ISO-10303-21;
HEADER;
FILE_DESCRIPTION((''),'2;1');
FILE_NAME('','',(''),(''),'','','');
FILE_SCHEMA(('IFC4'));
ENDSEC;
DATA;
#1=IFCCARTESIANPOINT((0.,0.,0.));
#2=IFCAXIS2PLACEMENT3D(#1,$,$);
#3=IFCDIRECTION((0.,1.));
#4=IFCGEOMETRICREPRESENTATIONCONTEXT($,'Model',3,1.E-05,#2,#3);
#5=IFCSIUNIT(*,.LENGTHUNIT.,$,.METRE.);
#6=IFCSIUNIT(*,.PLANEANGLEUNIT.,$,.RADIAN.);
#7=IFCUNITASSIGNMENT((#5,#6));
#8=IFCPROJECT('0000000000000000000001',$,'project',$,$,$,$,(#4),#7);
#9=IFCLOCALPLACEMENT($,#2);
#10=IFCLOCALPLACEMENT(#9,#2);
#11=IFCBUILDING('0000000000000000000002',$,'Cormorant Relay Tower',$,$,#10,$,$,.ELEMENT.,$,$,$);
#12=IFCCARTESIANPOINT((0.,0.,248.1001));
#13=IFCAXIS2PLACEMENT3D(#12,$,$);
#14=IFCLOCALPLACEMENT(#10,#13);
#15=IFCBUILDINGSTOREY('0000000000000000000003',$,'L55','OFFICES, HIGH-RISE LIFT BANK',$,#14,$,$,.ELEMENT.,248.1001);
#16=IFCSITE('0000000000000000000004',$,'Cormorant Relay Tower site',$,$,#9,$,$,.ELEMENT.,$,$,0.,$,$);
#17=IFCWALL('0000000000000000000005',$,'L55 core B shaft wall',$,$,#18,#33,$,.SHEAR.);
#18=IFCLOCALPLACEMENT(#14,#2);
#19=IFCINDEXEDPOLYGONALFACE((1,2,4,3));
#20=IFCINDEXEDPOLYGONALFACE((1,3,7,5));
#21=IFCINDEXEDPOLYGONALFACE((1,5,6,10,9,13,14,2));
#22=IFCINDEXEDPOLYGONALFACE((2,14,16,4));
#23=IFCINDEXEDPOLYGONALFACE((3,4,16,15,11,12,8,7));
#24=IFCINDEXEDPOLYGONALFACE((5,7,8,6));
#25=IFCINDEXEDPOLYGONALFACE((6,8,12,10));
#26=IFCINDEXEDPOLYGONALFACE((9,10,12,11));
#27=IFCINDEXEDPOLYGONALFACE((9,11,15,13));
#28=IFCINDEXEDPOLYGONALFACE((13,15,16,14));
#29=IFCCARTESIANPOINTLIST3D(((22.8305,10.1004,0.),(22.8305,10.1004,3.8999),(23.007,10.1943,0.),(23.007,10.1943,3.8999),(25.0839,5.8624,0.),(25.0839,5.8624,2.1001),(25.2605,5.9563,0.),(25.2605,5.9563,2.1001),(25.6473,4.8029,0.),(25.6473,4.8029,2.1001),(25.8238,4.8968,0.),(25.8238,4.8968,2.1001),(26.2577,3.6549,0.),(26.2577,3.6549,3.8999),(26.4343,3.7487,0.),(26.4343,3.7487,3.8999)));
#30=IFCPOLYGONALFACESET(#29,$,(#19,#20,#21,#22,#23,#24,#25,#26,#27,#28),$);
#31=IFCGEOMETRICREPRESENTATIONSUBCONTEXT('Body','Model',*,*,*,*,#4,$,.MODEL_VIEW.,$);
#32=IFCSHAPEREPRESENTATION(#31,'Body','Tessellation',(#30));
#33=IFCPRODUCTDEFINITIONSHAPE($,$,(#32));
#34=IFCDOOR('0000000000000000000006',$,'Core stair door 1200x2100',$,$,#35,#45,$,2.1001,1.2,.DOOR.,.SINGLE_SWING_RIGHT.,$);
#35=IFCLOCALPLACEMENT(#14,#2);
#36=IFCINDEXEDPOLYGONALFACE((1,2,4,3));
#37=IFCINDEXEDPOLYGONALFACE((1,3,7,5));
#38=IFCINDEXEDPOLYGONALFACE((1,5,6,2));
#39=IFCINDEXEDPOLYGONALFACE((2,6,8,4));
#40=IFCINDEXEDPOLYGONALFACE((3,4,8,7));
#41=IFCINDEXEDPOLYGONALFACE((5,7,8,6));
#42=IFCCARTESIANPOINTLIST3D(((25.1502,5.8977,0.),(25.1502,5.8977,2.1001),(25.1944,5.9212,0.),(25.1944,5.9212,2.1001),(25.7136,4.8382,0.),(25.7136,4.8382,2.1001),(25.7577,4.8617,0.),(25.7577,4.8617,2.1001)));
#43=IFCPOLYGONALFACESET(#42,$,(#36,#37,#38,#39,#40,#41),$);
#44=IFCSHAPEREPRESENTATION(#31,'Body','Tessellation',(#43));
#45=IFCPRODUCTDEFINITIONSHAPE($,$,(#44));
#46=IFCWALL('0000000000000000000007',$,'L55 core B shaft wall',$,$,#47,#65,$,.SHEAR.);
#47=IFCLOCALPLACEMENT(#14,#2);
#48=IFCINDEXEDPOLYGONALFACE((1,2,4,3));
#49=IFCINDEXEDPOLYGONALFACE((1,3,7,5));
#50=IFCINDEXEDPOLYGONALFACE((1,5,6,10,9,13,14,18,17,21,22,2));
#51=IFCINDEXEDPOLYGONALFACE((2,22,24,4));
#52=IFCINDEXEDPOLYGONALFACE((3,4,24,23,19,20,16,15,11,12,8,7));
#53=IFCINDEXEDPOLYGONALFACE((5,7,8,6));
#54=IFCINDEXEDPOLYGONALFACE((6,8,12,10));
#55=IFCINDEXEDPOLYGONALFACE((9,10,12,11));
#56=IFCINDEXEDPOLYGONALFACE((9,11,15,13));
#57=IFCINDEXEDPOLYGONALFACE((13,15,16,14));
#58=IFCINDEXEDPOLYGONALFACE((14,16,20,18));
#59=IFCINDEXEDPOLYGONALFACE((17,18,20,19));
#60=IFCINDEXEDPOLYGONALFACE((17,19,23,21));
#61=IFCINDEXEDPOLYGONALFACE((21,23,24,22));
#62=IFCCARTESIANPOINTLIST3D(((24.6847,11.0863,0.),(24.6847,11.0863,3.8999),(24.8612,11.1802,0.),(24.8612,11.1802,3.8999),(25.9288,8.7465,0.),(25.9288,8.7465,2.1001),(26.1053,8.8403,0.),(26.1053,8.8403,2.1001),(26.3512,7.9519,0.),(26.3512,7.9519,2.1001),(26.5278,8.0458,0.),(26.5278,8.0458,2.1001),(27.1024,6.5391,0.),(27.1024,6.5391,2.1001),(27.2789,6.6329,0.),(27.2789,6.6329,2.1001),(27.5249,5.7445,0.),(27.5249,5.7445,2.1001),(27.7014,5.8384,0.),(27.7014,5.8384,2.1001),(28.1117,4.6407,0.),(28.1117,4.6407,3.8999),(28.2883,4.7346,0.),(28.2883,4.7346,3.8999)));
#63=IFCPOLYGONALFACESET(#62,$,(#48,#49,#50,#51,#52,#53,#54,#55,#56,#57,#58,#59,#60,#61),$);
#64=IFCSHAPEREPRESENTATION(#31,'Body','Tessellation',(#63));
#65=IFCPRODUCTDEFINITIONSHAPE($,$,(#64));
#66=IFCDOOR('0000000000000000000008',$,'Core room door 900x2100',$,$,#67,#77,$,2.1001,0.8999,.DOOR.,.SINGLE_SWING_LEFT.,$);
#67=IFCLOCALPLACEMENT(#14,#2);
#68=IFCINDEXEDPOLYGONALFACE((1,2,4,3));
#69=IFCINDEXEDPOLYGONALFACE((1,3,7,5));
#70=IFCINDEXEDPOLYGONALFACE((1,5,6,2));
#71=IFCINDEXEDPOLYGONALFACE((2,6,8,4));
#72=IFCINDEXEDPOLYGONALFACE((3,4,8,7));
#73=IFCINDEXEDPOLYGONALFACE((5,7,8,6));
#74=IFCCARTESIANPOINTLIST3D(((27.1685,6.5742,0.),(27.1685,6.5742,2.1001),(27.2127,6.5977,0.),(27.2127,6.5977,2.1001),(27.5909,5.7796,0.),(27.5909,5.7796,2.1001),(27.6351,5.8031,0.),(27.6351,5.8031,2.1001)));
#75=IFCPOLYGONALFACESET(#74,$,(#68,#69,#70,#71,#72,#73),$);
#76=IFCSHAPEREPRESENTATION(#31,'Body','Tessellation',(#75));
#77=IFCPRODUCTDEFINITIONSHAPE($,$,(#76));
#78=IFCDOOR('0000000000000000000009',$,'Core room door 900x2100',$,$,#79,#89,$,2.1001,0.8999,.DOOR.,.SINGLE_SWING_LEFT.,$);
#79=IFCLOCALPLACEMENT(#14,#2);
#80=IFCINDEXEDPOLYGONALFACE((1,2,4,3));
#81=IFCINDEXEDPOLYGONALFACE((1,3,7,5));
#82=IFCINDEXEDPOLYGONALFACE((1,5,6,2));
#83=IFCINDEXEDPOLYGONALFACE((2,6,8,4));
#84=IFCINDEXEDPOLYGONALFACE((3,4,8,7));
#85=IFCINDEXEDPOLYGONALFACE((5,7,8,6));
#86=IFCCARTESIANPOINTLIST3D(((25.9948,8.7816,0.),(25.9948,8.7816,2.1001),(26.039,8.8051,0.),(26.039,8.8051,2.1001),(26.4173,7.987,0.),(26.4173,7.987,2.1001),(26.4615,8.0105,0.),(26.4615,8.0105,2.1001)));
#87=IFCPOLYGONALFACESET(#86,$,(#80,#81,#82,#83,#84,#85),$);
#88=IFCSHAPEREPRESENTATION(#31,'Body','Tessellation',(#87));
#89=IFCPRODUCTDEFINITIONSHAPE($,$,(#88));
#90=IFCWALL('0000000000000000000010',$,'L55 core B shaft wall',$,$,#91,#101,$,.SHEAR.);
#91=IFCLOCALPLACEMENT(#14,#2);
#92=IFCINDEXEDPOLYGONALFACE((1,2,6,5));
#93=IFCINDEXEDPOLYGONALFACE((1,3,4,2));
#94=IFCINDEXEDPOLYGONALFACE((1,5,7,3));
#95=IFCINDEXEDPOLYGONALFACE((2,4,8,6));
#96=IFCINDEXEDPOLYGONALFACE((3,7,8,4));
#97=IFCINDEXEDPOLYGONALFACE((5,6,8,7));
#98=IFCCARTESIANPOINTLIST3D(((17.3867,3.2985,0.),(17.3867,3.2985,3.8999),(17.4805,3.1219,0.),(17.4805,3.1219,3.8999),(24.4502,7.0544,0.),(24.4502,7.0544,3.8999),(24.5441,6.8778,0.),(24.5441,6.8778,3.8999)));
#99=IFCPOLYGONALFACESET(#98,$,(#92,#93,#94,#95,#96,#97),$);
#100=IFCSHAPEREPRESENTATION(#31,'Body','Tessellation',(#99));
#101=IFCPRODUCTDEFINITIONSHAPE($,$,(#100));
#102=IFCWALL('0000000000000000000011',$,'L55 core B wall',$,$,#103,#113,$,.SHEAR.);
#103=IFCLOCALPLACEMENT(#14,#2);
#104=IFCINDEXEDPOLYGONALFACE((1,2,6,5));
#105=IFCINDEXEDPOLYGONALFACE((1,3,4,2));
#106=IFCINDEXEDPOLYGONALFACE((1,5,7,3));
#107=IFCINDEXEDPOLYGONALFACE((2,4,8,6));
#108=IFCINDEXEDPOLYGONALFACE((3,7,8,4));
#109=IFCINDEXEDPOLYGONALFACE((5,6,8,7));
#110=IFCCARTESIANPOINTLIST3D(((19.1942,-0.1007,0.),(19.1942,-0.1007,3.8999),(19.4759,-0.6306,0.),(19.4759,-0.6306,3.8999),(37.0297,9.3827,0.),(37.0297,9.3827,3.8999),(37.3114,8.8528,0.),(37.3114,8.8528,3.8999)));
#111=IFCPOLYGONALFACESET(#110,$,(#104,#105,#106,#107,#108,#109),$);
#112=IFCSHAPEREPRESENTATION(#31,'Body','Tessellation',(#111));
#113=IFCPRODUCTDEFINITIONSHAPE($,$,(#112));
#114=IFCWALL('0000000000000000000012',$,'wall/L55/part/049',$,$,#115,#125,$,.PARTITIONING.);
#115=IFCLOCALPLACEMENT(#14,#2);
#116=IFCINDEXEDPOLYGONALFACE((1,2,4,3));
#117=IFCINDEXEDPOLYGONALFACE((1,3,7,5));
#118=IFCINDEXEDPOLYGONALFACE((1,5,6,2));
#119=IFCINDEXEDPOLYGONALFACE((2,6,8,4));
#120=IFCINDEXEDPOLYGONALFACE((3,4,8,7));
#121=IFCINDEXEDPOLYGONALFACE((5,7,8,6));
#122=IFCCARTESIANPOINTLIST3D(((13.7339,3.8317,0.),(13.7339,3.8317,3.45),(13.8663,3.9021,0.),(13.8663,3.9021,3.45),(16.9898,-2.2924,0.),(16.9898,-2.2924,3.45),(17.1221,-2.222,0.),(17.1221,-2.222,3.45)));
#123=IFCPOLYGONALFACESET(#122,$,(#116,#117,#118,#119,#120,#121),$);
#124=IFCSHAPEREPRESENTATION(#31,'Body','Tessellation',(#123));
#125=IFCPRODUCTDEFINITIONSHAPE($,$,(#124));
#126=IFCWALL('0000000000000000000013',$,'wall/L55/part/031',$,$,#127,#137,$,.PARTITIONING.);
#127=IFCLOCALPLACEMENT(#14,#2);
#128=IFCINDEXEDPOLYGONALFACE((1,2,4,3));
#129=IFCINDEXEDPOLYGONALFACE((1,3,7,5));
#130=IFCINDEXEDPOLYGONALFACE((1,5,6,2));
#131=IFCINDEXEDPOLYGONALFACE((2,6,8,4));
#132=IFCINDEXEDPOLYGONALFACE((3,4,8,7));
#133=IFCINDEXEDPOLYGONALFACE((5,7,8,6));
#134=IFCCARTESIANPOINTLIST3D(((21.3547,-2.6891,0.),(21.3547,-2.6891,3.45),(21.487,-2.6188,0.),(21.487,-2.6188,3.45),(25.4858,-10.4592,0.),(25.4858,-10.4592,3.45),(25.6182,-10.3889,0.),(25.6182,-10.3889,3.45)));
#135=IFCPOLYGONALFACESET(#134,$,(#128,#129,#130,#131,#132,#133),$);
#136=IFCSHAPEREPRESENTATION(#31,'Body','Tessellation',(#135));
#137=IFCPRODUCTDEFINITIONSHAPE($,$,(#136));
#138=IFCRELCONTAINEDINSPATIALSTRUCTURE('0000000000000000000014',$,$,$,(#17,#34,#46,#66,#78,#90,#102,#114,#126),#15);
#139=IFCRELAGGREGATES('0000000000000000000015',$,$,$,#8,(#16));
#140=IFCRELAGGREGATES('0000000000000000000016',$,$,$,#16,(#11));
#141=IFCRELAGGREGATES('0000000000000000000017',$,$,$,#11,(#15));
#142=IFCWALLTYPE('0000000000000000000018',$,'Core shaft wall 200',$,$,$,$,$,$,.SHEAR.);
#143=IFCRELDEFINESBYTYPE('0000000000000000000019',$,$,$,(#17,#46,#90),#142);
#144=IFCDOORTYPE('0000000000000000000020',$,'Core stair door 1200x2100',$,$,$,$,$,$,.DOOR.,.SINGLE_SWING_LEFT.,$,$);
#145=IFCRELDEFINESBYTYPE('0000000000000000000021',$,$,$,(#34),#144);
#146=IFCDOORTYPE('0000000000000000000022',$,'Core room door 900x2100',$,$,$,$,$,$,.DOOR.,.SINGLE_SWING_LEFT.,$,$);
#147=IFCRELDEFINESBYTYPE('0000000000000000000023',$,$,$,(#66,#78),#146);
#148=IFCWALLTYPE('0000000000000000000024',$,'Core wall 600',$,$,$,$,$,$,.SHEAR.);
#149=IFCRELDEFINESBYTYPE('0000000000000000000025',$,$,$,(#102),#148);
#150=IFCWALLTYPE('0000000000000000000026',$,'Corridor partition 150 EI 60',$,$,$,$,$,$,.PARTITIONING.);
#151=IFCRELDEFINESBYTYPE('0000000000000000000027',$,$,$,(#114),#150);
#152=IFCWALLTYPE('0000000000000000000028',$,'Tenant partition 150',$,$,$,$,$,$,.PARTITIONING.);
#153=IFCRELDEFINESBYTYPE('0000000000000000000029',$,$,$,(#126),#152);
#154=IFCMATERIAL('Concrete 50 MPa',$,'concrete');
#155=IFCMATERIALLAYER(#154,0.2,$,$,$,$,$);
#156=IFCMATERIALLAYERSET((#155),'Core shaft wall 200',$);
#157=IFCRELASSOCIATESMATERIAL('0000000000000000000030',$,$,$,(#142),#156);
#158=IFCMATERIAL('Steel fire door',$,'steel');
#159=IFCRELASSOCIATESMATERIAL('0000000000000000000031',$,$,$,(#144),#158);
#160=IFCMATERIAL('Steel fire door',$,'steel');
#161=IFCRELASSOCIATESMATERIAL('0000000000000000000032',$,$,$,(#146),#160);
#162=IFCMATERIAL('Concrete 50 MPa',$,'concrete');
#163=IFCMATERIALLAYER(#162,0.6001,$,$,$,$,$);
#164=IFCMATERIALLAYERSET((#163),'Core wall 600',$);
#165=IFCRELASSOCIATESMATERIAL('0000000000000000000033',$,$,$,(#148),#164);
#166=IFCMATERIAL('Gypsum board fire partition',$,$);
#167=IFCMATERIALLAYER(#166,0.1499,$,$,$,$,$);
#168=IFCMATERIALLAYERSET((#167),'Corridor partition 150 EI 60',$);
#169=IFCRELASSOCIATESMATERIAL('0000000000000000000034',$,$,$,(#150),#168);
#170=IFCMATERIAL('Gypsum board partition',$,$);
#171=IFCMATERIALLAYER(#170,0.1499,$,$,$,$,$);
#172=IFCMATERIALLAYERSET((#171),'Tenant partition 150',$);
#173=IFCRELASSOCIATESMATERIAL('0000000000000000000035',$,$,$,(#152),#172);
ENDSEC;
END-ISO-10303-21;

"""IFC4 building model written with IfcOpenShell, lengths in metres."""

from ifc_helpers import new_model, si_unit, direction, frame, frame_2d, origin, place, context, subcontext, project, spatial, rectangle, extrude, material, layer, layer_set, type_object, element, fill, save


model = new_model("IFC4")

# Units and contexts
model_context = context("Model", 3, precision=1e-05, world=origin(), true_north=direction((0.0, 1.0)))
body_context = subcontext(model_context, "Body", "Model", "MODEL_VIEW")
ifc_project = project(units=[si_unit("LENGTHUNIT", "METRE"), si_unit("PLANEANGLEUNIT", "RADIAN")], contexts=[model_context])

# Site, building, storey
site_placement = place(None, origin())
site = spatial("IfcSite", under=ifc_project, at=site_placement, Name="Cormorant Relay Tower site", CompositionType="ELEMENT", RefElevation=0.0)
building_placement = place(site_placement, origin())
building = spatial("IfcBuilding", under=site, at=building_placement, Name="Cormorant Relay Tower", CompositionType="ELEMENT")
storey_placement = place(building_placement, frame((0.0, 0.0, 248.1001)))
storey = spatial("IfcBuildingStorey", under=building, at=storey_placement, Name="L55", Description="OFFICES, HIGH-RISE LIFT BANK", CompositionType="ELEMENT", Elevation=248.1001)

# Shared definitions
ifc_material_1 = material(Name="Concrete 50 MPa", Category="concrete")
ifc_layer_1 = layer(ifc_material_1, 0.2)
ifc_layer_set_1 = layer_set([ifc_layer_1], Name="Core shaft wall 200")
wall_type_1 = type_object("IfcWallType", Name="Core shaft wall 200", PredefinedType="SHEAR", material=ifc_layer_set_1)

# Wall, opening, door
wall_1_placement = place(storey_placement, frame((26.3459, 3.7019, 0.0), z_axis=(0.0, 0.0, 1.0), x_axis=(-0.46948, 0.882943, 0.0)))
wall_1 = element("IfcWall", 1, at=wall_1_placement, inside=storey, type_object=wall_type_1, Name="L55 core B shaft wall", PredefinedType="SHEAR", context=body_context, shape_type="SweptSolid", body=[
    extrude(rectangle(XDim=7.3, YDim=0.2, at=frame_2d((3.6499, 0.0))), origin(), (0.0, 0.0, 1.0), 3.8999),
])
opening_1_placement = place(wall_1_placement, frame((1.3, 0.0, 0.0)))
opening_1 = element("IfcOpeningElement", 2, at=opening_1_placement, cuts=wall_1, PredefinedType="OPENING", context=body_context, shape_type="SweptSolid", body=[
    extrude(rectangle(XDim=1.2, YDim=2.1001, at=frame_2d((0.6001, 1.05))), frame((0.0, 0.1099, 0.0), z_axis=(0.0, -1.0, 0.0), x_axis=(1.0, 0.0, 0.0)), (0.0, 0.0, 1.0), 0.22),
])
ifc_material_2 = material(Name="Steel fire door", Category="steel")
door_type_1 = type_object("IfcDoorType", Name="Core stair door 1200x2100", OperationType="SINGLE_SWING_LEFT", PredefinedType="DOOR", material=ifc_material_2)
door_1_placement = place(opening_1_placement, origin())
door_1 = element("IfcDoor", 3, at=door_1_placement, inside=storey, type_object=door_type_1, Name="Core stair door 1200x2100", OperationType="SINGLE_SWING_RIGHT", OverallHeight=2.1001, OverallWidth=1.2, PredefinedType="DOOR", context=body_context, shape_type="SweptSolid", body=[
    extrude(rectangle(XDim=1.2, YDim=2.1001, at=frame_2d((0.6001, 1.05))), frame((0.0, 0.0249, 0.0), z_axis=(0.0, -1.0, 0.0), x_axis=(1.0, 0.0, 0.0)), (0.0, 0.0, 1.0), 0.05),
])
fill(opening_1, door_1)

# Wall, openings, doors
wall_2_placement = place(storey_placement, frame((28.2, 4.6877, 0.0), z_axis=(0.0, 0.0, 1.0), x_axis=(-0.469454, 0.882957, 0.0)))
wall_2 = element("IfcWall", 4, at=wall_2_placement, inside=storey, type_object=wall_type_1, Name="L55 core B shaft wall", PredefinedType="SHEAR", context=body_context, shape_type="SweptSolid", body=[
    extrude(rectangle(XDim=7.3, YDim=0.2, at=frame_2d((3.6499, 0.0))), origin(), (0.0, 0.0, 1.0), 3.8999),
])
opening_2_placement = place(wall_2_placement, frame((1.25, 0.0, 0.0)))
opening_2 = element("IfcOpeningElement", 5, at=opening_2_placement, cuts=wall_2, PredefinedType="OPENING", context=body_context, shape_type="SweptSolid", body=[
    extrude(rectangle(XDim=0.8999, YDim=2.1001, at=frame_2d((0.45, 1.05))), frame((0.0, 0.1099, 0.0), z_axis=(0.0, -1.0, 0.0), x_axis=(1.0, 0.0, 0.0)), (0.0, 0.0, 1.0), 0.22),
])
opening_3_placement = place(wall_2_placement, frame((3.75, 0.0, 0.0)))
opening_3 = element("IfcOpeningElement", 6, at=opening_3_placement, cuts=wall_2, PredefinedType="OPENING", context=body_context, shape_type="SweptSolid", body=[
    extrude(rectangle(XDim=0.8999, YDim=2.1001, at=frame_2d((0.45, 1.05))), frame((0.0, 0.1099, 0.0), z_axis=(0.0, -1.0, 0.0), x_axis=(1.0, 0.0, 0.0)), (0.0, 0.0, 1.0), 0.22),
])
ifc_material_3 = material(Name="Steel fire door", Category="steel")
door_type_2 = type_object("IfcDoorType", Name="Core room door 900x2100", OperationType="SINGLE_SWING_LEFT", PredefinedType="DOOR", material=ifc_material_3)
door_2_placement = place(opening_2_placement, frame((0.8999, 0.0, 0.0), z_axis=(0.0, 0.0, 1.0), x_axis=(-1.0, 0.0, 0.0)))
door_2 = element("IfcDoor", 7, at=door_2_placement, inside=storey, type_object=door_type_2, Name="Core room door 900x2100", OperationType="SINGLE_SWING_LEFT", OverallHeight=2.1001, OverallWidth=0.8999, PredefinedType="DOOR", context=body_context, shape_type="SweptSolid", body=[
    extrude(rectangle(XDim=0.8999, YDim=2.1001, at=frame_2d((0.45, 1.05))), frame((0.0, 0.0249, 0.0), z_axis=(0.0, -1.0, 0.0), x_axis=(1.0, 0.0, 0.0)), (0.0, 0.0, 1.0), 0.05),
])
fill(opening_2, door_2)
door_3_placement = place(opening_3_placement, frame((0.8999, 0.0, 0.0), z_axis=(0.0, 0.0, 1.0), x_axis=(-1.0, 0.0, 0.0)))
door_3 = element("IfcDoor", 8, at=door_3_placement, inside=storey, type_object=door_type_2, Name="Core room door 900x2100", OperationType="SINGLE_SWING_LEFT", OverallHeight=2.1001, OverallWidth=0.8999, PredefinedType="DOOR", context=body_context, shape_type="SweptSolid", body=[
    extrude(rectangle(XDim=0.8999, YDim=2.1001, at=frame_2d((0.45, 1.05))), frame((0.0, 0.0249, 0.0), z_axis=(0.0, -1.0, 0.0), x_axis=(1.0, 0.0, 0.0)), (0.0, 0.0, 1.0), 0.05),
])
fill(opening_3, door_3)

# Wall
wall_3_placement = place(storey_placement, frame((17.4336, 3.2102, 0.0), z_axis=(0.0, 0.0, 1.0), x_axis=(0.88294, 0.469485, 0.0)))
element("IfcWall", 9, at=wall_3_placement, inside=storey, type_object=wall_type_1, Name="L55 core B shaft wall", PredefinedType="SHEAR", context=body_context, shape_type="SweptSolid", body=[
    extrude(rectangle(XDim=8.0, YDim=0.2, at=frame_2d((4.0, 0.0))), origin(), (0.0, 0.0, 1.0), 3.8999),
])

# Shared definitions
ifc_material_4 = material(Name="Concrete 50 MPa", Category="concrete")
ifc_layer_2 = layer(ifc_material_4, 0.6001)
ifc_layer_set_2 = layer_set([ifc_layer_2], Name="Core wall 600")
wall_type_2 = type_object("IfcWallType", Name="Core wall 600", PredefinedType="SHEAR", material=ifc_layer_set_2)

# Walls
wall_4_placement = place(storey_placement, frame((19.335, -0.3657, 0.0), z_axis=(0.0, 0.0, 1.0), x_axis=(0.882945, 0.469476, 0.0)))
element("IfcWall", 10, at=wall_4_placement, inside=storey, type_object=wall_type_2, Name="L55 core B wall", PredefinedType="SHEAR", context=body_context, shape_type="SweptSolid", body=[
    extrude(rectangle(XDim=20.2, YDim=0.6001, at=frame_2d((10.1001, 0.0))), origin(), (0.0, 0.0, 1.0), 3.8999),
])
ifc_material_5 = material(Name="Gypsum board fire partition")
ifc_layer_3 = layer(ifc_material_5, 0.1499)
ifc_layer_set_3 = layer_set([ifc_layer_3], Name="Corridor partition 150 EI 60")
wall_type_3 = type_object("IfcWallType", Name="Corridor partition 150 EI 60", PredefinedType="PARTITIONING", material=ifc_layer_set_3)
wall_5_placement = place(storey_placement, frame((17.0559, -2.2571, 0.0), z_axis=(0.0, 0.0, 1.0), x_axis=(-0.469433, 0.882968, 0.0)))
element("IfcWall", 11, at=wall_5_placement, inside=storey, type_object=wall_type_3, Name="wall/L55/part/049", PredefinedType="PARTITIONING", context=body_context, shape_type="SweptSolid", body=[
    extrude(rectangle(XDim=6.9358, YDim=0.1499, at=frame_2d((3.4678, 0.0))), origin(), (0.0, 0.0, 1.0), 3.45),
])
ifc_material_6 = material(Name="Gypsum board partition")
ifc_layer_4 = layer(ifc_material_6, 0.1499)
ifc_layer_set_4 = layer_set([ifc_layer_4], Name="Tenant partition 150")
wall_type_4 = type_object("IfcWallType", Name="Tenant partition 150", PredefinedType="PARTITIONING", material=ifc_layer_set_4)
wall_6_placement = place(storey_placement, frame((21.4209, -2.6541, 0.0), z_axis=(0.0, 0.0, 1.0), x_axis=(0.469446, -0.882961, 0.0)))
element("IfcWall", 12, at=wall_6_placement, inside=storey, type_object=wall_type_4, Name="wall/L55/part/031", PredefinedType="PARTITIONING", context=body_context, shape_type="SweptSolid", body=[
    extrude(rectangle(XDim=8.8, YDim=0.1499, at=frame_2d((4.3999, 0.0))), origin(), (0.0, 0.0, 1.0), 3.45),
])

save(model, "model.ifc")
